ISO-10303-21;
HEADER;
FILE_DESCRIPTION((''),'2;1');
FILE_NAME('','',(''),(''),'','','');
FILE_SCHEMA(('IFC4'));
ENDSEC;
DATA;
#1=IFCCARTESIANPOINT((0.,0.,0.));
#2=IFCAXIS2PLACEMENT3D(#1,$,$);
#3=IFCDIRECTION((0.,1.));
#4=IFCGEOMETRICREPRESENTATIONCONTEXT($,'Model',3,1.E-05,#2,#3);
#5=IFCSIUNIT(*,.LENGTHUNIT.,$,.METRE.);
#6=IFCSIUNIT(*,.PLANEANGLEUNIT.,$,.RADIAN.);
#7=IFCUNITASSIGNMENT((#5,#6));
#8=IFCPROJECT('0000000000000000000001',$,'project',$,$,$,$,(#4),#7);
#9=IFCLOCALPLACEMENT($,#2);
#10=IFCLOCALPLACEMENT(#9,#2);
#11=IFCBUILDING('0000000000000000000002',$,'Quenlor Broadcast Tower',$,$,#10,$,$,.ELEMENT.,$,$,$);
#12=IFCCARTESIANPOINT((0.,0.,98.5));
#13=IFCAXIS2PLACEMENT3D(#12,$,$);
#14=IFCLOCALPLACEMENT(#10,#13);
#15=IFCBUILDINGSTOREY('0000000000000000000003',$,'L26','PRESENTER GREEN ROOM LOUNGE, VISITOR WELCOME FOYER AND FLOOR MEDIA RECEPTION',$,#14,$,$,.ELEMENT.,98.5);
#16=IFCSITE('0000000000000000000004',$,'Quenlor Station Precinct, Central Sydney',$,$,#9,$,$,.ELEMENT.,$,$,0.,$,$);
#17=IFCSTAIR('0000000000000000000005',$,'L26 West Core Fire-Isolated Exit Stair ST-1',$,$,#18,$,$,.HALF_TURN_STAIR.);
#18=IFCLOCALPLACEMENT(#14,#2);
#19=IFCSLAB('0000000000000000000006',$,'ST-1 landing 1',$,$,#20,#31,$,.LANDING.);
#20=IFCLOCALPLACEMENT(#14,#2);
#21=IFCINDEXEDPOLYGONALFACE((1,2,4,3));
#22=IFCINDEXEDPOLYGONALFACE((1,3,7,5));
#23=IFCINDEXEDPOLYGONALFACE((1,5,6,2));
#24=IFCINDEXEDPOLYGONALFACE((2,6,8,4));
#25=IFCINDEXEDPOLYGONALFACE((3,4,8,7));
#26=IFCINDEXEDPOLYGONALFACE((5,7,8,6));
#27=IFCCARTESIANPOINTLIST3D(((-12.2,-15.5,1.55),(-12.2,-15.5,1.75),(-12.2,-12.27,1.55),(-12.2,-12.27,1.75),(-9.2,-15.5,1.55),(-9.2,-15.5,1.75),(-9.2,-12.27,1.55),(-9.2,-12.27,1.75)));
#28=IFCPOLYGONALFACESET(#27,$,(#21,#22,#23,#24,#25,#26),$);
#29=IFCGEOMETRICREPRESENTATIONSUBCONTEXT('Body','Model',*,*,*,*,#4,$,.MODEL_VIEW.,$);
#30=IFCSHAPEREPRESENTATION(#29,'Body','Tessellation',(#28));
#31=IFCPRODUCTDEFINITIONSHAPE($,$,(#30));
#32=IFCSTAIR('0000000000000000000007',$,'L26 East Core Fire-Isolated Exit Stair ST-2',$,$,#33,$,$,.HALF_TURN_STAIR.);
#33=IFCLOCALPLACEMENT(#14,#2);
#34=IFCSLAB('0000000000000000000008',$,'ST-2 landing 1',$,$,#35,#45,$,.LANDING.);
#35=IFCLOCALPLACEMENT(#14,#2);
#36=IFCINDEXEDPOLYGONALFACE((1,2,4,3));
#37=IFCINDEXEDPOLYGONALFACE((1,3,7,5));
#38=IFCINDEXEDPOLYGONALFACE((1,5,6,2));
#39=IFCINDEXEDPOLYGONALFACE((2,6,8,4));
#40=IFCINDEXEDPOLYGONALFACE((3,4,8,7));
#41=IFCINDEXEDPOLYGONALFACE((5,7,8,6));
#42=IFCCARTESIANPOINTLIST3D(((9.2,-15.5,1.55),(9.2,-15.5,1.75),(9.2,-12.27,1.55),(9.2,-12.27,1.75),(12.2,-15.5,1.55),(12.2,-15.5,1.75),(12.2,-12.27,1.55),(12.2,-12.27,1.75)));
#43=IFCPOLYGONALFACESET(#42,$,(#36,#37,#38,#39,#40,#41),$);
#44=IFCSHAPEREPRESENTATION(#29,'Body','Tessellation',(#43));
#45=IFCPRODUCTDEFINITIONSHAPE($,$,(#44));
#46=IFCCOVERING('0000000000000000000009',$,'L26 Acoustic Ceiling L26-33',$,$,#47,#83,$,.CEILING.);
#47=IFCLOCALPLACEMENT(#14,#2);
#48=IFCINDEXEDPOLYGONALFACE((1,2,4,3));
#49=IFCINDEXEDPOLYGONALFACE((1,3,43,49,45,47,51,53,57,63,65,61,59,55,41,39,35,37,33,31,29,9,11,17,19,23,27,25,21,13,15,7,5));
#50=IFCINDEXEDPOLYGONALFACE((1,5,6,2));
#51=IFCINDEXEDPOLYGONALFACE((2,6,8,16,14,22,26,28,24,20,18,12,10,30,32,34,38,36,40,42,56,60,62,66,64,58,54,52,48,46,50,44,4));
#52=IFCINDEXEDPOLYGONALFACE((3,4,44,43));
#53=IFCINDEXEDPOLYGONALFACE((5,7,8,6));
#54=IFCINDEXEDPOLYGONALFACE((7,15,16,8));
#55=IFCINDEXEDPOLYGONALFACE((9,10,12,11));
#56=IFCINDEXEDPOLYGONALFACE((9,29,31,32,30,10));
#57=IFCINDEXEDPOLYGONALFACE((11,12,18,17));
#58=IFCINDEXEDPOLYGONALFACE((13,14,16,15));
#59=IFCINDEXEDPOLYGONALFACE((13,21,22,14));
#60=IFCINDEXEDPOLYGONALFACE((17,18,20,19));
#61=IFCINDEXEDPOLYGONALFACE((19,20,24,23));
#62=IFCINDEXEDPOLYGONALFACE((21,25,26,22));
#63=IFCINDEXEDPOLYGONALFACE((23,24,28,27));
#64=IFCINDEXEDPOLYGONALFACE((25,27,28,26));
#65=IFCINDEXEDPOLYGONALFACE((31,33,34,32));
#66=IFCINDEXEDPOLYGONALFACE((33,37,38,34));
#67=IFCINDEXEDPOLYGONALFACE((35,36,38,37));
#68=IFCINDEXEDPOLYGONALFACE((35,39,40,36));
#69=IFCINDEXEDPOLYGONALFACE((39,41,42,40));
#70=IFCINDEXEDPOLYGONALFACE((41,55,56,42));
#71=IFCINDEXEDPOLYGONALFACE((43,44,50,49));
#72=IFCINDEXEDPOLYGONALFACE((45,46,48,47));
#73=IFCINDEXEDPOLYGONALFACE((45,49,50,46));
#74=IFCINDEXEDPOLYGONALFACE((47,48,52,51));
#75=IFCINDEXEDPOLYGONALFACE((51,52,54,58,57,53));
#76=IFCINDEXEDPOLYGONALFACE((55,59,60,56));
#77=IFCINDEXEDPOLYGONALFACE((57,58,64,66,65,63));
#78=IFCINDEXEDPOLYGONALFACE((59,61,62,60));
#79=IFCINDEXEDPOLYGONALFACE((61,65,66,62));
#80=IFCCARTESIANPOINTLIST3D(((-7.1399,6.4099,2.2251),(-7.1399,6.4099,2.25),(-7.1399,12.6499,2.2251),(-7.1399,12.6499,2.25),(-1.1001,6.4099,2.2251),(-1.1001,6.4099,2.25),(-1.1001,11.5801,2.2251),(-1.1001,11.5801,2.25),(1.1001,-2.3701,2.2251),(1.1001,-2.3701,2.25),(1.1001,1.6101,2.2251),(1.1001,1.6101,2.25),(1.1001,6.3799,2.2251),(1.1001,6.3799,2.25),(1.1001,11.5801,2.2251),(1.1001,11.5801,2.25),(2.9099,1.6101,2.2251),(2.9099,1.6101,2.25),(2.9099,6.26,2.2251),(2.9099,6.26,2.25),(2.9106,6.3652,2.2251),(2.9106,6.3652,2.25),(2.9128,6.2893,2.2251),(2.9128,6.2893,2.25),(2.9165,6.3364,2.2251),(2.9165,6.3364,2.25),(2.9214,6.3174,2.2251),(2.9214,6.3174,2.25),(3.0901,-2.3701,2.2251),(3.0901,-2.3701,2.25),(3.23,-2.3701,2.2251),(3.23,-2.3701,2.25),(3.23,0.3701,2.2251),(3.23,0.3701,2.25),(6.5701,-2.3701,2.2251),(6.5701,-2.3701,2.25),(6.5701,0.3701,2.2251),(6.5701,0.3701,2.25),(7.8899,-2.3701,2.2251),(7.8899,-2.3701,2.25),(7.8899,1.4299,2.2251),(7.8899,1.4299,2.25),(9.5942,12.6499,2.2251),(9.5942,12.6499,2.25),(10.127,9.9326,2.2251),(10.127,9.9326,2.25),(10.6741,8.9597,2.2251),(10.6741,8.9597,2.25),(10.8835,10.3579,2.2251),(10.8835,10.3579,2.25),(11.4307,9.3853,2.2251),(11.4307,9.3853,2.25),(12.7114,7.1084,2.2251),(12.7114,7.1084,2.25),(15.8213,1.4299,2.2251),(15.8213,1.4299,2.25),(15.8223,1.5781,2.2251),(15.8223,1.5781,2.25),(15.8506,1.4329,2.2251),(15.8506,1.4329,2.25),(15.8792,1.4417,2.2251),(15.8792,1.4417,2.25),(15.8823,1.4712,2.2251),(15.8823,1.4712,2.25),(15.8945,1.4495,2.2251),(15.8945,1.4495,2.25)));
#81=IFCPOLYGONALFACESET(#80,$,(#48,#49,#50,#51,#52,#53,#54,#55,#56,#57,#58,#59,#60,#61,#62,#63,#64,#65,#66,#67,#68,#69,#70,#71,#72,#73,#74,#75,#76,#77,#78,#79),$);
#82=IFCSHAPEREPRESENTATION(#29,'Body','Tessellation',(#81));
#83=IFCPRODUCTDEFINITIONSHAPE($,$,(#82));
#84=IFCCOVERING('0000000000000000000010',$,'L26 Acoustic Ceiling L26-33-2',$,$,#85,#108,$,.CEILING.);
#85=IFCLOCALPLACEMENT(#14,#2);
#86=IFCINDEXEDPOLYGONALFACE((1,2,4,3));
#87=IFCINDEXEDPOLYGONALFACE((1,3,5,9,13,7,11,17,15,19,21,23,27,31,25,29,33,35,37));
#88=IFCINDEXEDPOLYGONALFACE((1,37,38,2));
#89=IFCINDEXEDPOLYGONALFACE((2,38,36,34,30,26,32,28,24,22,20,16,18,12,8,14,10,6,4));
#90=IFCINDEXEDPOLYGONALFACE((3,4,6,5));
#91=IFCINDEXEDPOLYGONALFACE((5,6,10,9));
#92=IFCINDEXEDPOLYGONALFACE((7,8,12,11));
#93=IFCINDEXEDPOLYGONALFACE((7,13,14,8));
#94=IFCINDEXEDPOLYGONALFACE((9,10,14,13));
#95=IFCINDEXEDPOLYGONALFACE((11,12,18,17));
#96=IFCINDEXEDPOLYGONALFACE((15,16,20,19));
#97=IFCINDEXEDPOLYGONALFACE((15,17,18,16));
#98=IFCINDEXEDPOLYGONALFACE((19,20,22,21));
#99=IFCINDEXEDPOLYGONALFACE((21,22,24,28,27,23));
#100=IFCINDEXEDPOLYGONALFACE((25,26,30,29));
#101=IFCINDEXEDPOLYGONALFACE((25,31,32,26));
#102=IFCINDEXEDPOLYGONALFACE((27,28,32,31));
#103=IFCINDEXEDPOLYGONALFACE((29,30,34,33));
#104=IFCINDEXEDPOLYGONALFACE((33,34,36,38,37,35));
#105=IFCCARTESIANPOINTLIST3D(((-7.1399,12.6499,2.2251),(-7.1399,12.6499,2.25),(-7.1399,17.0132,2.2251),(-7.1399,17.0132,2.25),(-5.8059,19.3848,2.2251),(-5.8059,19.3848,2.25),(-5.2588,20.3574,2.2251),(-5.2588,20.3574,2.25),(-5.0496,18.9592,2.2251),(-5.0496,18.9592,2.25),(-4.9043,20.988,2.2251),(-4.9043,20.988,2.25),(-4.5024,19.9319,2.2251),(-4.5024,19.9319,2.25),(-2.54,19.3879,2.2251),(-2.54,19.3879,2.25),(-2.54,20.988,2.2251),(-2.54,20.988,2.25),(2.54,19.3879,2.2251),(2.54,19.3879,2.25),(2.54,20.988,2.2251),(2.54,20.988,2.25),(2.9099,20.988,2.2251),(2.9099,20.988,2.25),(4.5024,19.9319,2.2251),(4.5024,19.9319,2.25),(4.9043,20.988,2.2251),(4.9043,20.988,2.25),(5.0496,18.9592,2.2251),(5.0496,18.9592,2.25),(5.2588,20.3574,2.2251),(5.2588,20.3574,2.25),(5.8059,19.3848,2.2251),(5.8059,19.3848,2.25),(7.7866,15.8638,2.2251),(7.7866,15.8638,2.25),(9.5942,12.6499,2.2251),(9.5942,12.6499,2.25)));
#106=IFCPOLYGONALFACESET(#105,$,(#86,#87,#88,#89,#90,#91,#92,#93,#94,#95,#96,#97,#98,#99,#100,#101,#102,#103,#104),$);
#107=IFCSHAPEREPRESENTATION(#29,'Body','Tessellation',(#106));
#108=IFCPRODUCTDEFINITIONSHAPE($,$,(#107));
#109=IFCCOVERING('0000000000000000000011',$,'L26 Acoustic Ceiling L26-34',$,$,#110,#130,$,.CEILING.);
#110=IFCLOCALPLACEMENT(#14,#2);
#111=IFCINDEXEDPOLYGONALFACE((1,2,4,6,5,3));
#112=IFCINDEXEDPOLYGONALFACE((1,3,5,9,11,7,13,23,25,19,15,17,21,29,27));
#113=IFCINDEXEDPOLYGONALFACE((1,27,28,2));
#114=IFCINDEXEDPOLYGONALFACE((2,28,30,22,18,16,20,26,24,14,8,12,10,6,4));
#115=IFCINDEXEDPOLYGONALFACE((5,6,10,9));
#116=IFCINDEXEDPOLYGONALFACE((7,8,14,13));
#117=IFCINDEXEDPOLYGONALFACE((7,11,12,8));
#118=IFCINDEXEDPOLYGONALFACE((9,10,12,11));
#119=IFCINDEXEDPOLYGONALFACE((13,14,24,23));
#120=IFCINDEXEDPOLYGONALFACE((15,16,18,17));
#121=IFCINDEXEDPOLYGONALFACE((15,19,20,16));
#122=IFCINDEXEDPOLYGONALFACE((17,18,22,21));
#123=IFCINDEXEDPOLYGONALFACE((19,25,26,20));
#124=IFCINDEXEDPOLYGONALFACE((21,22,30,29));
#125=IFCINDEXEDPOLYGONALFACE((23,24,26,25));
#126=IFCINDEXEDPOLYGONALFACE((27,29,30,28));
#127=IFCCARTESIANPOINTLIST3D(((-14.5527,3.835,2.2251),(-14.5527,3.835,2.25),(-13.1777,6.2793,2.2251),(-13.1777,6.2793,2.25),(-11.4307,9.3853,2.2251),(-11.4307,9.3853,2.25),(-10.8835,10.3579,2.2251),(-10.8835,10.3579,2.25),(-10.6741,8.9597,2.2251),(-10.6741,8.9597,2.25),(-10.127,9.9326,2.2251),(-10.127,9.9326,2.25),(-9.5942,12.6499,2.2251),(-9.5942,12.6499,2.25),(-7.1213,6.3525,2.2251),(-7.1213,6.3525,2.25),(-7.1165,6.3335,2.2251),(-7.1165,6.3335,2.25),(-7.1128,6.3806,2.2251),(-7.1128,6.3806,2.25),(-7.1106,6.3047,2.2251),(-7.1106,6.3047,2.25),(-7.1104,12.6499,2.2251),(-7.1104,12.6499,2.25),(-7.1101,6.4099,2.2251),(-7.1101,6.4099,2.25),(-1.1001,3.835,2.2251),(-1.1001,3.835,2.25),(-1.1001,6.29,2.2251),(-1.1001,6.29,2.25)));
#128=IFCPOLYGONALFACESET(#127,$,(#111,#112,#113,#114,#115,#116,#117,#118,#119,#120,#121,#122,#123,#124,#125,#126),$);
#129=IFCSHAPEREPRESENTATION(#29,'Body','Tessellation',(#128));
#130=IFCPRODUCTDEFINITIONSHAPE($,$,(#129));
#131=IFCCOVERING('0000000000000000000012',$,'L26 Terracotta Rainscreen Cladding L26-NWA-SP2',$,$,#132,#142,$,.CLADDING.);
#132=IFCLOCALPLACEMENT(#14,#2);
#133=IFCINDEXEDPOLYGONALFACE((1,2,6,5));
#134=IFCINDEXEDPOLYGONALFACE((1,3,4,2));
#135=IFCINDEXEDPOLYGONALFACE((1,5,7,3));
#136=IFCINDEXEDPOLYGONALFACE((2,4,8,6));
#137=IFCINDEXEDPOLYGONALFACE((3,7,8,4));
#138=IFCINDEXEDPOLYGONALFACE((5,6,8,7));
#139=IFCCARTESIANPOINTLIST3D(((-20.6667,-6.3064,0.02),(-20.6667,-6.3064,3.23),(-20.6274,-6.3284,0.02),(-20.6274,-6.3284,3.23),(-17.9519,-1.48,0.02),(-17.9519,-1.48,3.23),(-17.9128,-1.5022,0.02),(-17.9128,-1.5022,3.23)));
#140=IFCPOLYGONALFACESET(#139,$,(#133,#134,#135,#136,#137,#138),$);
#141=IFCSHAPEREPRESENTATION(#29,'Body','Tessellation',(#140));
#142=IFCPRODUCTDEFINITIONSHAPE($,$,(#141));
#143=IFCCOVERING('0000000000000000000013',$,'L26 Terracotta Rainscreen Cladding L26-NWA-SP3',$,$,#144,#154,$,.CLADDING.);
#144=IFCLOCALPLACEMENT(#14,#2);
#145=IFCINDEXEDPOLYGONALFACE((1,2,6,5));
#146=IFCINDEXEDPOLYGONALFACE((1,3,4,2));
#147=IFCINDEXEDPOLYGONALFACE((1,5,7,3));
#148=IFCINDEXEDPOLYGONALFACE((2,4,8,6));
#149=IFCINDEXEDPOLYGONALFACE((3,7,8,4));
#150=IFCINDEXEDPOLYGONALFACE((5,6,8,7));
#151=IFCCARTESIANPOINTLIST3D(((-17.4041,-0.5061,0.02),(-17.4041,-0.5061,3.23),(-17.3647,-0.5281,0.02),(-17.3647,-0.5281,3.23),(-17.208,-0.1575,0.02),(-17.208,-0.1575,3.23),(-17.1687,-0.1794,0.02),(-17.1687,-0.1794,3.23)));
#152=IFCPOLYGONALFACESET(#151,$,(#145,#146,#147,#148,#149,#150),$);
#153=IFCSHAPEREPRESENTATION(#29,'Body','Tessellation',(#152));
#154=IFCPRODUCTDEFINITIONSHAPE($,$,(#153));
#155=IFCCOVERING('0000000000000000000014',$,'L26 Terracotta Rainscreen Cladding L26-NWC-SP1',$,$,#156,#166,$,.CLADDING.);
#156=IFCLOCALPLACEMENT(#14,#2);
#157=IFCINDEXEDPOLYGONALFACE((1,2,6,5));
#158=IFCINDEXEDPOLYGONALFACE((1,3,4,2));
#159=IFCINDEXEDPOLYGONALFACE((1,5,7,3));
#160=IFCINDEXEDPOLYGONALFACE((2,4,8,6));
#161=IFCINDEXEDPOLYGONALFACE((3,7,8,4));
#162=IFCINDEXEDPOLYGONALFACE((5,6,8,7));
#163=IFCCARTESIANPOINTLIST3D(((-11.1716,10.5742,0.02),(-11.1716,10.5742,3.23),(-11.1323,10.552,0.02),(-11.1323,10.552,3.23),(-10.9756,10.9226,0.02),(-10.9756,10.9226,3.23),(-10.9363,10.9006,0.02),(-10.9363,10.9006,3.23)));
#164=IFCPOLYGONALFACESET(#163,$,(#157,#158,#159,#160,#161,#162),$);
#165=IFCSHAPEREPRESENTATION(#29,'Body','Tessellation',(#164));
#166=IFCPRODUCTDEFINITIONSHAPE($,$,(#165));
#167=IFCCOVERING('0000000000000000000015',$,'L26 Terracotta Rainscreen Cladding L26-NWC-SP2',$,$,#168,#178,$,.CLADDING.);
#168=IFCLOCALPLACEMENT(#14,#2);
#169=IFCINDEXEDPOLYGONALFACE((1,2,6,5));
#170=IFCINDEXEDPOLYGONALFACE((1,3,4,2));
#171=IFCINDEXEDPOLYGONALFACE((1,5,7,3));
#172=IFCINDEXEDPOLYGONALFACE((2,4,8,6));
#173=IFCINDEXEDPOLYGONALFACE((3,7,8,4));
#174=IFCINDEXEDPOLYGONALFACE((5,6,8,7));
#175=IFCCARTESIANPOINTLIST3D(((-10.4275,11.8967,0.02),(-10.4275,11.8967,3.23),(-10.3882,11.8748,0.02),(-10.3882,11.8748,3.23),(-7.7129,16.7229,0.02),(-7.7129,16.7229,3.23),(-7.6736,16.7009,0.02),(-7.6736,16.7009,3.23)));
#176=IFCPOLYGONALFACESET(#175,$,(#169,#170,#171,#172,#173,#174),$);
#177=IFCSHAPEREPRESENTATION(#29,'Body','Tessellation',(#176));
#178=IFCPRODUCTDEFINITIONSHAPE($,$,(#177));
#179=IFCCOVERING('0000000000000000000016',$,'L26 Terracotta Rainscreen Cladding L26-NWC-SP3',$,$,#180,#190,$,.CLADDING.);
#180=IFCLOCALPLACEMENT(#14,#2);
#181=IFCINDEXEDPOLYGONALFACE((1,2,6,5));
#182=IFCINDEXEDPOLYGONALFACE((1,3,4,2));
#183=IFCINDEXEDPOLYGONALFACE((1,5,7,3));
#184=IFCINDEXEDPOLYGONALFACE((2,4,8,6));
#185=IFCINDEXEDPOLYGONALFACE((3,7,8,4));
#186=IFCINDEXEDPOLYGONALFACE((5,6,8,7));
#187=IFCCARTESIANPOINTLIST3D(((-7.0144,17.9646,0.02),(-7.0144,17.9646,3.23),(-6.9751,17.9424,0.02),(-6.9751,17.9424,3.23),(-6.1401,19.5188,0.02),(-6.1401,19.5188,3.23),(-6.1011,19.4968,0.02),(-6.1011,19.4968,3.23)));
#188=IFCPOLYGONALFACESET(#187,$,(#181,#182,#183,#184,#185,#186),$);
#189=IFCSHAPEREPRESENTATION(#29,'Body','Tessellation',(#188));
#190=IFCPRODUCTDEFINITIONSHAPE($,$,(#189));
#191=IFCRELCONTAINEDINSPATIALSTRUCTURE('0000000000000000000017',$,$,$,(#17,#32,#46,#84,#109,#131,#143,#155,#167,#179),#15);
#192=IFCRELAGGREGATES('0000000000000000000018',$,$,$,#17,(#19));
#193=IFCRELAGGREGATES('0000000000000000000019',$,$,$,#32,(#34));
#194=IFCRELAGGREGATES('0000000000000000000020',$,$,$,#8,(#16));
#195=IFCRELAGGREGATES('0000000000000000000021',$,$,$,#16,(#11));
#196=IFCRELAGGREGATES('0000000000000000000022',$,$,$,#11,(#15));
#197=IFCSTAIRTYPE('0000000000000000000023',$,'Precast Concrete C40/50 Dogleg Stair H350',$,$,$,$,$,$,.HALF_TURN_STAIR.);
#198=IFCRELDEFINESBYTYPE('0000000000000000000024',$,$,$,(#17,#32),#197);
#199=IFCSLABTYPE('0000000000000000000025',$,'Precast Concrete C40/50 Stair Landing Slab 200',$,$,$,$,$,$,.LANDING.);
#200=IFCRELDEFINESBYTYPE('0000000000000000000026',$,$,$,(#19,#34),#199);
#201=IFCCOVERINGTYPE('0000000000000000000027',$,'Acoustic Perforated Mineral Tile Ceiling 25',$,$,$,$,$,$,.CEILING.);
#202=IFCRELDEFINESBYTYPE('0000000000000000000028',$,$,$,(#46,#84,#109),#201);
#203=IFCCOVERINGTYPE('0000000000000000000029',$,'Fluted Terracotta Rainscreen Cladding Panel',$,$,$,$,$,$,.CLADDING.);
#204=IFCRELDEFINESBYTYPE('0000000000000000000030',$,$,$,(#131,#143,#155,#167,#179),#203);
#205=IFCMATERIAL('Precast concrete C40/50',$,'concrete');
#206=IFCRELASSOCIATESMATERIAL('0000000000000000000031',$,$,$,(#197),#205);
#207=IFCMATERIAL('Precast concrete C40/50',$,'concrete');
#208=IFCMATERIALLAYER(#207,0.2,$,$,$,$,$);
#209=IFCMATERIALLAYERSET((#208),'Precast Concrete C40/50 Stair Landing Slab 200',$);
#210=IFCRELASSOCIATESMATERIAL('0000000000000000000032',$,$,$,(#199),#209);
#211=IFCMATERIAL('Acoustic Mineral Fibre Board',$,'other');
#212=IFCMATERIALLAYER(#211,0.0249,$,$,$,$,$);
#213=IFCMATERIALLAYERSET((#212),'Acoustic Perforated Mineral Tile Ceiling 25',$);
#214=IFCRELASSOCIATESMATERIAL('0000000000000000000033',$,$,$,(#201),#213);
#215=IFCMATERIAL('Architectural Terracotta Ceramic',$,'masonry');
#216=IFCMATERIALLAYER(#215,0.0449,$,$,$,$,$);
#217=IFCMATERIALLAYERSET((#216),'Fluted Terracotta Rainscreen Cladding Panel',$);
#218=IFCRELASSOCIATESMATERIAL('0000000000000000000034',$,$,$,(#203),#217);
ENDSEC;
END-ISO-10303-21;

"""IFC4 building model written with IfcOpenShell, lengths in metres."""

from ifc_helpers import new_model, si_unit, direction, frame, origin, place, context, subcontext, project, spatial, polyline, outline, extrude, material, layer, layer_set, type_object, element, aggregate, save


model = new_model("IFC4")

# Units and contexts
model_context = context("Model", 3, precision=1e-05, world=origin(), true_north=direction((0.0, 1.0)))
body_context = subcontext(model_context, "Body", "Model", "MODEL_VIEW")
ifc_project = project(units=[si_unit("LENGTHUNIT", "METRE"), si_unit("PLANEANGLEUNIT", "RADIAN")], contexts=[model_context])

# Site, building, storey
site_placement = place(None, origin())
site = spatial("IfcSite", under=ifc_project, at=site_placement, Name="Quenlor Station Precinct, Central Sydney", CompositionType="ELEMENT", RefElevation=0.0)
building_placement = place(site_placement, origin())
building = spatial("IfcBuilding", under=site, at=building_placement, Name="Quenlor Broadcast Tower", CompositionType="ELEMENT")
storey_placement = place(building_placement, frame((0.0, 0.0, 98.5)))
storey = spatial("IfcBuildingStorey", under=building, at=storey_placement, Name="L26", Description="PRESENTER GREEN ROOM LOUNGE, VISITOR WELCOME FOYER AND FLOOR MEDIA RECEPTION", CompositionType="ELEMENT", Elevation=98.5)

# Stairs, slabs
ifc_material_1 = material(Name="Precast concrete C40/50", Category="concrete")
stair_type = type_object("IfcStairType", Name="Precast Concrete C40/50 Dogleg Stair H350", PredefinedType="HALF_TURN_STAIR", material=ifc_material_1)
stair_1_placement = place(storey_placement, origin())
stair_1 = element("IfcStair", 1, at=stair_1_placement, inside=storey, type_object=stair_type, Name="L26 West Core Fire-Isolated Exit Stair ST-1", PredefinedType="HALF_TURN_STAIR")
ifc_material_2 = material(Name="Precast concrete C40/50", Category="concrete")
ifc_layer_1 = layer(ifc_material_2, 0.2)
ifc_layer_set_1 = layer_set([ifc_layer_1], Name="Precast Concrete C40/50 Stair Landing Slab 200")
slab_type = type_object("IfcSlabType", Name="Precast Concrete C40/50 Stair Landing Slab 200", PredefinedType="LANDING", material=ifc_layer_set_1)
slab_1_placement = place(storey_placement, frame((0.0, 0.0, 1.55)))
slab_1 = element("IfcSlab", 2, at=slab_1_placement, type_object=slab_type, Name="ST-1 landing 1", PredefinedType="LANDING", context=body_context, shape_type="SweptSolid", body=[
    extrude(outline(polyline([(-12.2, -12.27), (-12.2, -15.5), (-9.2, -15.5), (-9.2, -12.27), (-12.2, -12.27)])), origin(), (0.0, 0.0, 1.0), 0.2),
])
aggregate(stair_1, [slab_1])
stair_2_placement = place(storey_placement, origin())
stair_2 = element("IfcStair", 3, at=stair_2_placement, inside=storey, type_object=stair_type, Name="L26 East Core Fire-Isolated Exit Stair ST-2", PredefinedType="HALF_TURN_STAIR")
slab_2_placement = place(storey_placement, frame((0.0, 0.0, 1.55)))
slab_2 = element("IfcSlab", 4, at=slab_2_placement, type_object=slab_type, Name="ST-2 landing 1", PredefinedType="LANDING", context=body_context, shape_type="SweptSolid", body=[
    extrude(outline(polyline([(9.2, -12.27), (9.2, -15.5), (12.2, -15.5), (12.2, -12.27), (9.2, -12.27)])), origin(), (0.0, 0.0, 1.0), 0.2),
])
aggregate(stair_2, [slab_2])

# Coverings
ifc_material_3 = material(Name="Acoustic Mineral Fibre Board", Category="other")
ifc_layer_2 = layer(ifc_material_3, 0.0249)
ifc_layer_set_2 = layer_set([ifc_layer_2], Name="Acoustic Perforated Mineral Tile Ceiling 25")
covering_type_1 = type_object("IfcCoveringType", Name="Acoustic Perforated Mineral Tile Ceiling 25", PredefinedType="CEILING", material=ifc_layer_set_2)
covering_1_placement = place(storey_placement, frame((0.0, 0.0, 2.2251)))
element("IfcCovering", 5, at=covering_1_placement, inside=storey, type_object=covering_type_1, Name="L26 Acoustic Ceiling L26-33", PredefinedType="CEILING", context=body_context, shape_type="SweptSolid", body=[
    extrude(outline(polyline([(2.9165, 6.3364), (2.9106, 6.3652), (1.1001, 6.3799), (1.1001, 11.5801), (-1.1001, 11.5801), (-1.1001, 6.4099), (-7.1399, 6.4099), (-7.1399, 12.6499), (9.5942, 12.6499), (10.8835, 10.3579), (10.127, 9.9326), (10.6741, 8.9597), (11.4307, 9.3853), (12.7114, 7.1084), (15.8223, 1.5781), (15.8823, 1.4712), (15.8945, 1.4495), (15.8792, 1.4417), (15.8506, 1.4329), (15.8213, 1.4299), (7.8899, 1.4299), (7.8899, -2.3701), (6.5701, -2.3701), (6.5701, 0.3701), (3.23, 0.3701), (3.23, -2.3701), (3.0901, -2.3701), (1.1001, -2.3701), (1.1001, 1.6101), (2.9099, 1.6101), (2.9099, 6.26), (2.9128, 6.2893), (2.9214, 6.3174), (2.9165, 6.3364)])), origin(), (0.0, 0.0, 1.0), 0.0249),
])
covering_2_placement = place(storey_placement, frame((0.0, 0.0, 2.2251)))
element("IfcCovering", 6, at=covering_2_placement, inside=storey, type_object=covering_type_1, Name="L26 Acoustic Ceiling L26-33-2", PredefinedType="CEILING", context=body_context, shape_type="SweptSolid", body=[
    extrude(outline(polyline([(-7.1399, 17.0132), (-5.8059, 19.3848), (-5.0496, 18.9592), (-4.5024, 19.9319), (-5.2588, 20.3574), (-4.9043, 20.988), (-2.54, 20.988), (-2.54, 19.3879), (2.54, 19.3879), (2.54, 20.988), (2.9099, 20.988), (4.9043, 20.988), (5.2588, 20.3574), (4.5024, 19.9319), (5.0496, 18.9592), (5.8059, 19.3848), (7.7866, 15.8638), (9.5942, 12.6499), (-7.1399, 12.6499), (-7.1399, 17.0132)])), origin(), (0.0, 0.0, 1.0), 0.0249),
])
covering_3_placement = place(storey_placement, frame((0.0, 0.0, 2.2251)))
element("IfcCovering", 7, at=covering_3_placement, inside=storey, type_object=covering_type_1, Name="L26 Acoustic Ceiling L26-34", PredefinedType="CEILING", context=body_context, shape_type="SweptSolid", body=[
    extrude(outline(polyline([(-10.127, 9.9326), (-10.8835, 10.3579), (-9.5942, 12.6499), (-7.1104, 12.6499), (-7.1101, 6.4099), (-7.1128, 6.3806), (-7.1213, 6.3525), (-7.1165, 6.3335), (-7.1106, 6.3047), (-1.1001, 6.29), (-1.1001, 3.835), (-14.5527, 3.835), (-13.1777, 6.2793), (-11.4307, 9.3853), (-10.6741, 8.9597), (-10.127, 9.9326)])), origin(), (0.0, 0.0, 1.0), 0.0249),
])
ifc_material_4 = material(Name="Architectural Terracotta Ceramic", Category="masonry")
ifc_layer_3 = layer(ifc_material_4, 0.0449)
ifc_layer_set_3 = layer_set([ifc_layer_3], Name="Fluted Terracotta Rainscreen Cladding Panel")
covering_type_2 = type_object("IfcCoveringType", Name="Fluted Terracotta Rainscreen Cladding Panel", PredefinedType="CLADDING", material=ifc_layer_set_3)
covering_4_placement = place(storey_placement, frame((0.0, 0.0, 0.02)))
element("IfcCovering", 8, at=covering_4_placement, inside=storey, type_object=covering_type_2, Name="L26 Terracotta Rainscreen Cladding L26-NWA-SP2", PredefinedType="CLADDING", context=body_context, shape_type="SweptSolid", body=[
    extrude(outline(polyline([(-20.6274, -6.3284), (-17.9128, -1.5022), (-17.9519, -1.48), (-20.6667, -6.3064), (-20.6274, -6.3284)])), origin(), (0.0, 0.0, 1.0), 3.21),
])
covering_5_placement = place(storey_placement, frame((0.0, 0.0, 0.02)))
element("IfcCovering", 9, at=covering_5_placement, inside=storey, type_object=covering_type_2, Name="L26 Terracotta Rainscreen Cladding L26-NWA-SP3", PredefinedType="CLADDING", context=body_context, shape_type="SweptSolid", body=[
    extrude(outline(polyline([(-17.3647, -0.5281), (-17.1687, -0.1794), (-17.208, -0.1575), (-17.4041, -0.5061), (-17.3647, -0.5281)])), origin(), (0.0, 0.0, 1.0), 3.21),
])
covering_6_placement = place(storey_placement, frame((0.0, 0.0, 0.02)))
element("IfcCovering", 10, at=covering_6_placement, inside=storey, type_object=covering_type_2, Name="L26 Terracotta Rainscreen Cladding L26-NWC-SP1", PredefinedType="CLADDING", context=body_context, shape_type="SweptSolid", body=[
    extrude(outline(polyline([(-11.1323, 10.552), (-10.9363, 10.9006), (-10.9756, 10.9226), (-11.1716, 10.5742), (-11.1323, 10.552)])), origin(), (0.0, 0.0, 1.0), 3.21),
])
covering_7_placement = place(storey_placement, frame((0.0, 0.0, 0.02)))
element("IfcCovering", 11, at=covering_7_placement, inside=storey, type_object=covering_type_2, Name="L26 Terracotta Rainscreen Cladding L26-NWC-SP2", PredefinedType="CLADDING", context=body_context, shape_type="SweptSolid", body=[
    extrude(outline(polyline([(-10.3882, 11.8748), (-7.6736, 16.7009), (-7.7129, 16.7229), (-10.4275, 11.8967), (-10.3882, 11.8748)])), origin(), (0.0, 0.0, 1.0), 3.21),
])
covering_8_placement = place(storey_placement, frame((0.0, 0.0, 0.02)))
element("IfcCovering", 12, at=covering_8_placement, inside=storey, type_object=covering_type_2, Name="L26 Terracotta Rainscreen Cladding L26-NWC-SP3", PredefinedType="CLADDING", context=body_context, shape_type="SweptSolid", body=[
    extrude(outline(polyline([(-6.9751, 17.9424), (-6.1011, 19.4968), (-6.1401, 19.5188), (-7.0144, 17.9646), (-6.9751, 17.9424)])), origin(), (0.0, 0.0, 1.0), 3.21),
])

save(model, "model.ifc")
